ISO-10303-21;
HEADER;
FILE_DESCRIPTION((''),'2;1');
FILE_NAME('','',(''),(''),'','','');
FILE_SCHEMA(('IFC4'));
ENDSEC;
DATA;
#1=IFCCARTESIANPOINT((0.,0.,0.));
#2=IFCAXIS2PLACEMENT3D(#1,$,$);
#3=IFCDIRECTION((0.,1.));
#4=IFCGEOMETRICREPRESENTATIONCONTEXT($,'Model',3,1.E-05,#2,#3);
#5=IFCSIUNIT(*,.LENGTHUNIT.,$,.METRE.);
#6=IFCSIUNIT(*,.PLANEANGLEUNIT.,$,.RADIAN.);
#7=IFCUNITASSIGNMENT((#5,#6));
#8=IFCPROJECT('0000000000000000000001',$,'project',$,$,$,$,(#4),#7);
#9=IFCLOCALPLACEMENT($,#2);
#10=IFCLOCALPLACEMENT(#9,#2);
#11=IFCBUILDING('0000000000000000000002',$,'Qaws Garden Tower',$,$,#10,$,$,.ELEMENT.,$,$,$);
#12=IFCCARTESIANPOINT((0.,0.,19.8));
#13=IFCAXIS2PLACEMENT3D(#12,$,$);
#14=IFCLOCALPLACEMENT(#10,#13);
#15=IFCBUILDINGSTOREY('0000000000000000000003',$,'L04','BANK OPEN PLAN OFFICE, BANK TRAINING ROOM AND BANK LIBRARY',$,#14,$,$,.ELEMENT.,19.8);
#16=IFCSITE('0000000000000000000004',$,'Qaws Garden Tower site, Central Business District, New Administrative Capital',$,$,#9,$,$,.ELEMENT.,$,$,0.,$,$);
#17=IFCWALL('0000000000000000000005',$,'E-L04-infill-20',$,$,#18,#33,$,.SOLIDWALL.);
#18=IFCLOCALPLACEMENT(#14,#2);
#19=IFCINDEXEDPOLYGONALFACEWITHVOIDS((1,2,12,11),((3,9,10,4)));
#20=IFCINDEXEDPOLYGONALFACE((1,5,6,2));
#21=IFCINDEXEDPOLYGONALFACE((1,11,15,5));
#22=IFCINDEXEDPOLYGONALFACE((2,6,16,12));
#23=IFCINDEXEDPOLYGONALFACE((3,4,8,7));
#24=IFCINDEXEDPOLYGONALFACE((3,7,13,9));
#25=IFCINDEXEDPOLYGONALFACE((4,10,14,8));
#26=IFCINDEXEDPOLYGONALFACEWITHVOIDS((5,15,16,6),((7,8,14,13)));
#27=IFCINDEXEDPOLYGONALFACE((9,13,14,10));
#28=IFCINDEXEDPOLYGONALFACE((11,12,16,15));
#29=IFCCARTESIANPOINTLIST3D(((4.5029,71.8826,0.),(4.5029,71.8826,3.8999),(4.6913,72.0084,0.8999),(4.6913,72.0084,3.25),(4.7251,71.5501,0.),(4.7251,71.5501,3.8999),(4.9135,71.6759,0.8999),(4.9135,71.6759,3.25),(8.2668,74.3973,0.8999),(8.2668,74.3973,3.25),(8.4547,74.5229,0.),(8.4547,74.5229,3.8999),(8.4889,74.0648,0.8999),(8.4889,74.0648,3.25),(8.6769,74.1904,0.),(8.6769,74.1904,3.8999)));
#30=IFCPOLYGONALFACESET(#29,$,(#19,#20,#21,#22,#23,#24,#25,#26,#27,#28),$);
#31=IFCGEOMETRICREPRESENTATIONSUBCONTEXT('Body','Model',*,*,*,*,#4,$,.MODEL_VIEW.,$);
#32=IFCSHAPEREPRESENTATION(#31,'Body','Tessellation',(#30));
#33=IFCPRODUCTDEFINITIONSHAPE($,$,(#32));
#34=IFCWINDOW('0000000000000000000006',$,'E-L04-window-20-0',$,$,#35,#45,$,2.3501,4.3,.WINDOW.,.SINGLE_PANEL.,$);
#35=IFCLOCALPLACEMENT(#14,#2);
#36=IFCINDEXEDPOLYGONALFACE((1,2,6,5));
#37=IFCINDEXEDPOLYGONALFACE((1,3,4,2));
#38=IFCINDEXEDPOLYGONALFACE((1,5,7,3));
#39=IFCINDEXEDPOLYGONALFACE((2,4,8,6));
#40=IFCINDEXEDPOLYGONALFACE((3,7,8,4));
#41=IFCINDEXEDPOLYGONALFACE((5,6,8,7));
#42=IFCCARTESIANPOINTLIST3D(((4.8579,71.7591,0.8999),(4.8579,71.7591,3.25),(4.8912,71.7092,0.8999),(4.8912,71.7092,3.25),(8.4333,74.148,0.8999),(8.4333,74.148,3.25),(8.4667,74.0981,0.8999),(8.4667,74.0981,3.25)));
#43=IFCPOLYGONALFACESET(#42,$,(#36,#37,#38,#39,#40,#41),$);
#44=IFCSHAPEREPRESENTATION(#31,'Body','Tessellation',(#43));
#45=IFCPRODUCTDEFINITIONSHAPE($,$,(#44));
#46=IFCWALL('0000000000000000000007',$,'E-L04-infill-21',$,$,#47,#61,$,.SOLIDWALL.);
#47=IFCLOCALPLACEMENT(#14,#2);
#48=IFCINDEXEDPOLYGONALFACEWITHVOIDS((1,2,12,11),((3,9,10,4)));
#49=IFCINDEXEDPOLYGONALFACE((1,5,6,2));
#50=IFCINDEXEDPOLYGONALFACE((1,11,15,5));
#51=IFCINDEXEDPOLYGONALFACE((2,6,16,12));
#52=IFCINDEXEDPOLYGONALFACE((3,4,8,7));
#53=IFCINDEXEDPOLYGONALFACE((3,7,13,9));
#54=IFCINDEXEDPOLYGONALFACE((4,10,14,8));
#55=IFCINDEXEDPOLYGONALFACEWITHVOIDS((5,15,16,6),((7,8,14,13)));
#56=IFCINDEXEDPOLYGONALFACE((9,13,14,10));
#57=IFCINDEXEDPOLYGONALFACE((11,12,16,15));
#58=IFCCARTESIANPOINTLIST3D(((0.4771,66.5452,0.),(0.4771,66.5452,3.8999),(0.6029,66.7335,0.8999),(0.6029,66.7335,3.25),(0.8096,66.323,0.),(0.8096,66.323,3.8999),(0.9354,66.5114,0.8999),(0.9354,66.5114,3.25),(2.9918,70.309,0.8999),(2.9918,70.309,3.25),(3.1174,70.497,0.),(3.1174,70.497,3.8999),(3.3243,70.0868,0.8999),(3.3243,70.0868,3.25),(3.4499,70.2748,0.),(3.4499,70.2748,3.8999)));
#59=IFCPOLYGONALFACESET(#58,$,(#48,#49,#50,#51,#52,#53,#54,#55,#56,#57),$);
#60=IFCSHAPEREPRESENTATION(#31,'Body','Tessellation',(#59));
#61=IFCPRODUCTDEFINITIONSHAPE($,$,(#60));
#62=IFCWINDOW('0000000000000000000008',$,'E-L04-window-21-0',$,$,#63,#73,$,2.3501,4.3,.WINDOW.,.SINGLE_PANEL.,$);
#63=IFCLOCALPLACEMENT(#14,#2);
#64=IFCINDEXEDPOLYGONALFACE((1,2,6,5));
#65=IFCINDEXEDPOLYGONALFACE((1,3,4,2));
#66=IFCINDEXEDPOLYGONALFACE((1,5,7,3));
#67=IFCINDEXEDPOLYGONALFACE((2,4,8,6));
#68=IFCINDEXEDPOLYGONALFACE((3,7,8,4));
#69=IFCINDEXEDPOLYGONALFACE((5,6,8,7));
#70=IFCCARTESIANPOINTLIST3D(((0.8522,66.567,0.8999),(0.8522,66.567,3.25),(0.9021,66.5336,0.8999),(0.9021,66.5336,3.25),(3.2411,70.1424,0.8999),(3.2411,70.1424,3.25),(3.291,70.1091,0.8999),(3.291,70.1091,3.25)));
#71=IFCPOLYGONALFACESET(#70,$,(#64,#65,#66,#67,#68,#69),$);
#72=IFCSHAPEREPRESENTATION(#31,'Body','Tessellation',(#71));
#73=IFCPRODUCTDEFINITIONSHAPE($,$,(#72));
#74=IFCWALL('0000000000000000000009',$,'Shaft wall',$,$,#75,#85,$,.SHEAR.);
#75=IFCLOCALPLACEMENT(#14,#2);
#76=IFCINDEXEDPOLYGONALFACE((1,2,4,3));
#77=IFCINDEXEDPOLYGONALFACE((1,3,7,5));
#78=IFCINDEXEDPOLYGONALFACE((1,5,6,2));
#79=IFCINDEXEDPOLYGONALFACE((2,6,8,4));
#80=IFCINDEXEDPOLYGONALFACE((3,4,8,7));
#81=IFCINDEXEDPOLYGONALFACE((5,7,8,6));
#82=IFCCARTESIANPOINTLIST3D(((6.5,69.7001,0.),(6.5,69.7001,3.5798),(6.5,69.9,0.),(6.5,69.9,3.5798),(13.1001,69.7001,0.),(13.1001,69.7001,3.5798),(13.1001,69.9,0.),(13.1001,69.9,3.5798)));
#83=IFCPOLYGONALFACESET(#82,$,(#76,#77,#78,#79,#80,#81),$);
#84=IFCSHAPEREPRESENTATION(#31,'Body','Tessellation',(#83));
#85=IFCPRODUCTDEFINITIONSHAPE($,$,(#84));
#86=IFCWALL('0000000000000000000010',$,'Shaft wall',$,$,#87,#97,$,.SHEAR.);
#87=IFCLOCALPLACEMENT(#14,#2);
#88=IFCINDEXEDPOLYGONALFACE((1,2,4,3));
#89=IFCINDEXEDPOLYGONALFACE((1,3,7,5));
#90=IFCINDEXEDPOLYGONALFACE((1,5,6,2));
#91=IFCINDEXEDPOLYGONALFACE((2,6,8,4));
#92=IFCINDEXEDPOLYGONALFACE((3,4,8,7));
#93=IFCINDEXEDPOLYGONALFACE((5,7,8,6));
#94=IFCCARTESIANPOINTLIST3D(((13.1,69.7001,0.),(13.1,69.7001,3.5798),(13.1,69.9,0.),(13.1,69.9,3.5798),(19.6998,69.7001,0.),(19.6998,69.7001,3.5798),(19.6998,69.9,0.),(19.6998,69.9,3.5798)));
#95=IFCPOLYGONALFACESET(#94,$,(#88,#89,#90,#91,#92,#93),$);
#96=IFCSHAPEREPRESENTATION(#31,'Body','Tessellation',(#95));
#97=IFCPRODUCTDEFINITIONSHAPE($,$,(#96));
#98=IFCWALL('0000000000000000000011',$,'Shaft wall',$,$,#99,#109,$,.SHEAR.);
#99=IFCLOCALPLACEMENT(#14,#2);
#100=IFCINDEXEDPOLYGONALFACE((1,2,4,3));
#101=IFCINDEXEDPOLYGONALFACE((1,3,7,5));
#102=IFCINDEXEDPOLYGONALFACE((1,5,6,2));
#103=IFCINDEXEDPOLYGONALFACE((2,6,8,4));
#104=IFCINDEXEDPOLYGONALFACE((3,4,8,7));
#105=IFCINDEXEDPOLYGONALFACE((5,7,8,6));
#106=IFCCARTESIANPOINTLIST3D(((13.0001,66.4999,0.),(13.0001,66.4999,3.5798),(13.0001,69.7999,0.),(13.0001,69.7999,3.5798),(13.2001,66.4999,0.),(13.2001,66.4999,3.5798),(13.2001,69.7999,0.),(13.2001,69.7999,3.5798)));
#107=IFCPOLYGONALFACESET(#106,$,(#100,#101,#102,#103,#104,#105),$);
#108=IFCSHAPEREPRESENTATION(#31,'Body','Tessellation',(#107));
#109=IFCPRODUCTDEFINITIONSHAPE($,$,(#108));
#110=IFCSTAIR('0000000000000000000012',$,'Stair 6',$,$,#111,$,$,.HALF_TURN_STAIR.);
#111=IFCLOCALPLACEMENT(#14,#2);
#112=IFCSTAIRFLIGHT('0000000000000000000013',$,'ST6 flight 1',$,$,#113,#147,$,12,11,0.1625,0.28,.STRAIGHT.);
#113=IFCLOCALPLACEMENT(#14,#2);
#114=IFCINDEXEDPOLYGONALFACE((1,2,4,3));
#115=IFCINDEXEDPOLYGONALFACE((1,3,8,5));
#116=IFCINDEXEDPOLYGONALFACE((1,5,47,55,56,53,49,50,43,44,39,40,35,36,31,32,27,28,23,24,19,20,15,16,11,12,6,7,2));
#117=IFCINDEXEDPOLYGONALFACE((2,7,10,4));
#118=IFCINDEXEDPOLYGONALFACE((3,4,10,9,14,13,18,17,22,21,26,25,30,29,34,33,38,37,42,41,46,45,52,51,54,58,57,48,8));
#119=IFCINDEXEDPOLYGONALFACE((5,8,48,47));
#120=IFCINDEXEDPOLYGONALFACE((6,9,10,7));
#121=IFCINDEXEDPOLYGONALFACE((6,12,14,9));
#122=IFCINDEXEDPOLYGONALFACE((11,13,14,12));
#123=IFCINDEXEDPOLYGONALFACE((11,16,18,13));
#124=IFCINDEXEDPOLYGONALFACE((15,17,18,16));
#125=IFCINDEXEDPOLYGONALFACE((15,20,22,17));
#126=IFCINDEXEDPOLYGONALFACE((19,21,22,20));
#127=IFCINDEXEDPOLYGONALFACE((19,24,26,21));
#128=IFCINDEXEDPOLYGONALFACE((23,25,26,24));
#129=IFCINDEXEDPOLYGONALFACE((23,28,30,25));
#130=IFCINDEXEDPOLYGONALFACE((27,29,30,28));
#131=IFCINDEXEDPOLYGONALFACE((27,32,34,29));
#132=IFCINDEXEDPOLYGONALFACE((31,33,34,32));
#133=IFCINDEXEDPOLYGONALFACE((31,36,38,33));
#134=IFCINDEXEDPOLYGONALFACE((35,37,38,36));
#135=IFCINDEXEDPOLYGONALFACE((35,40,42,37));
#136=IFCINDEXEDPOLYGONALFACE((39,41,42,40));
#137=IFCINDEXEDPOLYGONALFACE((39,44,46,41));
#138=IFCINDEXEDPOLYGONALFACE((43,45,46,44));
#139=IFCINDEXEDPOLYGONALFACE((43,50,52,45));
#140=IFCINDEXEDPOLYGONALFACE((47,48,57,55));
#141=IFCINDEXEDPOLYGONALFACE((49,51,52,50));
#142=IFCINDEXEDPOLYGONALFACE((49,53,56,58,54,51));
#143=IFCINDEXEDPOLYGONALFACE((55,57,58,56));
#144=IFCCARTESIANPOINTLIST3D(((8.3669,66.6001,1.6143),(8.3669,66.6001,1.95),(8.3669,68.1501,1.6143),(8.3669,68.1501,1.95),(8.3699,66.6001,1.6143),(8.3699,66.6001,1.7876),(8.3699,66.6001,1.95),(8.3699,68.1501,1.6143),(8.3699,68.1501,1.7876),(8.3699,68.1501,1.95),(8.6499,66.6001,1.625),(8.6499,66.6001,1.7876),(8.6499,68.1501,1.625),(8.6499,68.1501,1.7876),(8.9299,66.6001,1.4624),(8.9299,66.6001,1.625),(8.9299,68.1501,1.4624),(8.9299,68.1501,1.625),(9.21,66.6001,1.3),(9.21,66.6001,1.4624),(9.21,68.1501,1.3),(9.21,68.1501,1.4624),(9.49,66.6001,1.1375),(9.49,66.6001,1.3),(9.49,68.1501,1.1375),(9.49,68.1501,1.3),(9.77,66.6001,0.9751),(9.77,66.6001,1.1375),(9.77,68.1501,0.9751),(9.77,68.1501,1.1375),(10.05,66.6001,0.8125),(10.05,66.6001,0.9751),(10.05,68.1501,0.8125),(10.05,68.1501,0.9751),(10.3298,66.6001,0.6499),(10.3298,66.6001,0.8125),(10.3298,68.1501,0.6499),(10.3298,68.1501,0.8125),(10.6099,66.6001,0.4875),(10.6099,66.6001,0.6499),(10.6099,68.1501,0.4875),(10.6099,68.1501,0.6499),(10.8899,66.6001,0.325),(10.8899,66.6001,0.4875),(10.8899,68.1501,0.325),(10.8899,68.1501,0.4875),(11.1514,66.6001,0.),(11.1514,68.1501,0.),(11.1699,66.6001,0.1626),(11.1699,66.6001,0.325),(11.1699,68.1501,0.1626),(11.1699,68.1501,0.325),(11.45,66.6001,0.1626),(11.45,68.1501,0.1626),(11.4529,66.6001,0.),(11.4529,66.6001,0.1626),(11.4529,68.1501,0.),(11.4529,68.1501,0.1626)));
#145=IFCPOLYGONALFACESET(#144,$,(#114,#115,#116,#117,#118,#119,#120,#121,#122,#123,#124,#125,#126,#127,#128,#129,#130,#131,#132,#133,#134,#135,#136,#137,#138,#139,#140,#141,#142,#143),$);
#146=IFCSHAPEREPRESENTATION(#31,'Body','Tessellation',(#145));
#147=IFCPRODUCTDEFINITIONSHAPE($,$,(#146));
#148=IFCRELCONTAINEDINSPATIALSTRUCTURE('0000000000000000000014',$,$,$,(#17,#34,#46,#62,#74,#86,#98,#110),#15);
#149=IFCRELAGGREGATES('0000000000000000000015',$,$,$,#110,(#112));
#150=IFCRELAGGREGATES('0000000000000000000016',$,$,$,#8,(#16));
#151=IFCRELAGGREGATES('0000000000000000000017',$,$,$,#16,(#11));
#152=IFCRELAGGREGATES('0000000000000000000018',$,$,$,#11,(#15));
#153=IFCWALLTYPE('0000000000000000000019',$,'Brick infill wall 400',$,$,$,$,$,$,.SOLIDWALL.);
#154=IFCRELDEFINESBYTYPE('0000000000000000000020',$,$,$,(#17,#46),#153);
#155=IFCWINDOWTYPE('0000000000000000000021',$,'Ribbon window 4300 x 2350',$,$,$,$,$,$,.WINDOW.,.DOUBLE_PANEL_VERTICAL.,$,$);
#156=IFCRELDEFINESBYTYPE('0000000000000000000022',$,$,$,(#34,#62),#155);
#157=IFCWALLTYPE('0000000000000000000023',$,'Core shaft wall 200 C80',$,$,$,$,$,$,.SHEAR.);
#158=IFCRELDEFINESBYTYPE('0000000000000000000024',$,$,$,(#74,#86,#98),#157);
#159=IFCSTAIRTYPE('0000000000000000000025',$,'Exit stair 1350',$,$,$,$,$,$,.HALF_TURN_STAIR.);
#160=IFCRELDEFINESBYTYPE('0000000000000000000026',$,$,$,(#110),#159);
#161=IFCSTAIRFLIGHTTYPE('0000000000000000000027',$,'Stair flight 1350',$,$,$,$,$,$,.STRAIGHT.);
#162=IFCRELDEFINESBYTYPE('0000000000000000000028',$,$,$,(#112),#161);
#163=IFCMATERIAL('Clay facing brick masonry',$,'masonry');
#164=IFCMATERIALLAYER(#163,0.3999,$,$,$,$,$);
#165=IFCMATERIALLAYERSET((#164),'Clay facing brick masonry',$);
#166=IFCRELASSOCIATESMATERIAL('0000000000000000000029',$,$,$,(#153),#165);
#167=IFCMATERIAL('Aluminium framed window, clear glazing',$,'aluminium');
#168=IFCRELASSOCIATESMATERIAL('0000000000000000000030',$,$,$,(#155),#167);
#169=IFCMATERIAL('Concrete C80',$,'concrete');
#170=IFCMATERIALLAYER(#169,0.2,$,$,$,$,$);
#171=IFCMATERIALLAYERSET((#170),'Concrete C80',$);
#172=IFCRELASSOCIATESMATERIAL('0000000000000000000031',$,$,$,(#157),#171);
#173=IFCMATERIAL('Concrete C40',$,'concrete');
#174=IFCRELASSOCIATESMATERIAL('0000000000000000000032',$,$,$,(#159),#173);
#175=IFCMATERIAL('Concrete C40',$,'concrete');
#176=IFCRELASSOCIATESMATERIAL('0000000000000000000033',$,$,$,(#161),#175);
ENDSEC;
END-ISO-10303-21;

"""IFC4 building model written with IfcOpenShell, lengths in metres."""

from ifc_helpers import new_model, si_unit, direction, frame, frame_2d, origin, place, context, subcontext, project, spatial, polyline, rectangle, outline, extrude, material, layer, layer_set, type_object, element, fill, aggregate, save


model = new_model("IFC4")

# Units and contexts
model_context = context("Model", 3, precision=1e-05, world=origin(), true_north=direction((0.0, 1.0)))
body_context = subcontext(model_context, "Body", "Model", "MODEL_VIEW")
ifc_project = project(units=[si_unit("LENGTHUNIT", "METRE"), si_unit("PLANEANGLEUNIT", "RADIAN")], contexts=[model_context])

# Site, building, storey
site_placement = place(None, origin())
site = spatial("IfcSite", under=ifc_project, at=site_placement, Name="Qaws Garden Tower site, Central Business District, New Administrative Capital", CompositionType="ELEMENT", RefElevation=0.0)
building_placement = place(site_placement, origin())
building = spatial("IfcBuilding", under=site, at=building_placement, Name="Qaws Garden Tower", CompositionType="ELEMENT")
storey_placement = place(building_placement, frame((0.0, 0.0, 19.8)))
storey = spatial("IfcBuildingStorey", under=building, at=storey_placement, Name="L04", Description="BANK OPEN PLAN OFFICE, BANK TRAINING ROOM AND BANK LIBRARY", CompositionType="ELEMENT", Elevation=19.8)

# Walls, openings, windows
ifc_material_1 = material(Name="Clay facing brick masonry", Category="masonry")
ifc_layer_1 = layer(ifc_material_1, 0.3999)
ifc_layer_set_1 = layer_set([ifc_layer_1], Name="Clay facing brick masonry")
wall_type_1 = type_object("IfcWallType", Name="Brick infill wall 400", PredefinedType="SOLIDWALL", material=ifc_layer_set_1)
ifc_material_2 = material(Name="Aluminium framed window, clear glazing", Category="aluminium")
window_type = type_object("IfcWindowType", Name="Ribbon window 4300 x 2350", PartitioningType="DOUBLE_PANEL_VERTICAL", PredefinedType="WINDOW", material=ifc_material_2)
wall_1_placement = place(storey_placement, frame((8.5659, 74.3567, 0.0), z_axis=(0.0, 0.0, 1.0), x_axis=(-0.831489, -0.555542, 0.0)))
wall_1 = element("IfcWall", 1, at=wall_1_placement, inside=storey, type_object=wall_type_1, Name="E-L04-infill-20", PredefinedType="SOLIDWALL", context=body_context, shape_type="SweptSolid", body=[
    extrude(rectangle(XDim=4.7527, YDim=0.3999, at=frame_2d((2.3765, 0.0))), origin(), (0.0, 0.0, 1.0), 3.8999),
])
opening_1_placement = place(wall_1_placement, frame((0.2263, 0.0, 0.8999)))
opening_1 = element("IfcOpeningElement", 2, at=opening_1_placement, cuts=wall_1, PredefinedType="OPENING", context=body_context, shape_type="SweptSolid", body=[
    extrude(rectangle(XDim=4.3, YDim=2.3501, at=frame_2d((2.1499, 1.175))), frame((0.0, 0.21, 0.0), z_axis=(0.0, -1.0, 0.0), x_axis=(1.0, 0.0, 0.0)), (0.0, 0.0, 1.0), 0.4199),
])
window_1_placement = place(opening_1_placement, origin())
window_1 = element("IfcWindow", 3, at=window_1_placement, inside=storey, type_object=window_type, Name="E-L04-window-20-0", OverallHeight=2.3501, OverallWidth=4.3, PartitioningType="SINGLE_PANEL", PredefinedType="WINDOW", context=body_context, shape_type="SweptSolid", body=[
    extrude(rectangle(XDim=4.3, YDim=2.3501, at=frame_2d((2.1499, 1.175))), frame((0.0, 0.1599, 0.0), z_axis=(0.0, -1.0, 0.0), x_axis=(1.0, 0.0, 0.0)), (0.0, 0.0, 1.0), 0.0601),
])
fill(opening_1, window_1)
wall_2_placement = place(storey_placement, frame((3.2837, 70.386, 0.0), z_axis=(0.0, 0.0, 1.0), x_axis=(-0.555542, -0.831489, 0.0)))
wall_2 = element("IfcWall", 4, at=wall_2_placement, inside=storey, type_object=wall_type_1, Name="E-L04-infill-21", PredefinedType="SOLIDWALL", context=body_context, shape_type="SweptSolid", body=[
    extrude(rectangle(XDim=4.7527, YDim=0.3999, at=frame_2d((2.3765, 0.0))), origin(), (0.0, 0.0, 1.0), 3.8999),
])
opening_2_placement = place(wall_2_placement, frame((0.2263, 0.0, 0.8999)))
opening_2 = element("IfcOpeningElement", 5, at=opening_2_placement, cuts=wall_2, PredefinedType="OPENING", context=body_context, shape_type="SweptSolid", body=[
    extrude(rectangle(XDim=4.3, YDim=2.3501, at=frame_2d((2.1499, 1.175))), frame((0.0, 0.21, 0.0), z_axis=(0.0, -1.0, 0.0), x_axis=(1.0, 0.0, 0.0)), (0.0, 0.0, 1.0), 0.4199),
])
window_2_placement = place(opening_2_placement, origin())
window_2 = element("IfcWindow", 6, at=window_2_placement, inside=storey, type_object=window_type, Name="E-L04-window-21-0", OverallHeight=2.3501, OverallWidth=4.3, PartitioningType="SINGLE_PANEL", PredefinedType="WINDOW", context=body_context, shape_type="SweptSolid", body=[
    extrude(rectangle(XDim=4.3, YDim=2.3501, at=frame_2d((2.1499, 1.175))), frame((0.0, 0.1599, 0.0), z_axis=(0.0, -1.0, 0.0), x_axis=(1.0, 0.0, 0.0)), (0.0, 0.0, 1.0), 0.0601),
])
fill(opening_2, window_2)

# Walls
ifc_material_3 = material(Name="Concrete C80", Category="concrete")
ifc_layer_2 = layer(ifc_material_3, 0.2)
ifc_layer_set_2 = layer_set([ifc_layer_2], Name="Concrete C80")
wall_type_2 = type_object("IfcWallType", Name="Core shaft wall 200 C80", PredefinedType="SHEAR", material=ifc_layer_set_2)
wall_3_placement = place(storey_placement, frame((6.5, 69.8, 0.0), z_axis=(0.0, 0.0, 1.0), x_axis=(1.0, 0.0, 0.0)))
element("IfcWall", 7, at=wall_3_placement, inside=storey, type_object=wall_type_2, Name="Shaft wall", PredefinedType="SHEAR", context=body_context, shape_type="SweptSolid", body=[
    extrude(rectangle(XDim=6.6001, YDim=0.2, at=frame_2d((3.3, 0.0))), origin(), (0.0, 0.0, 1.0), 3.5798),
])
wall_4_placement = place(storey_placement, frame((13.1001, 69.8, 0.0), z_axis=(0.0, 0.0, 1.0), x_axis=(1.0, 0.0, 0.0)))
element("IfcWall", 8, at=wall_4_placement, inside=storey, type_object=wall_type_2, Name="Shaft wall", PredefinedType="SHEAR", context=body_context, shape_type="SweptSolid", body=[
    extrude(rectangle(XDim=6.5999, YDim=0.2, at=frame_2d((3.2998, 0.0))), origin(), (0.0, 0.0, 1.0), 3.5798),
])
wall_5_placement = place(storey_placement, frame((13.1001, 66.5, 0.0), z_axis=(0.0, 0.0, 1.0), x_axis=(0.0, 1.0, 0.0)))
element("IfcWall", 9, at=wall_5_placement, inside=storey, type_object=wall_type_2, Name="Shaft wall", PredefinedType="SHEAR", context=body_context, shape_type="SweptSolid", body=[
    extrude(rectangle(XDim=3.3, YDim=0.2, at=frame_2d((1.6499, 0.0))), origin(), (0.0, 0.0, 1.0), 3.5798),
])

# Stair, stair flight
ifc_material_4 = material(Name="Concrete C40", Category="concrete")
stair_type = type_object("IfcStairType", Name="Exit stair 1350", PredefinedType="HALF_TURN_STAIR", material=ifc_material_4)
placement = place(storey_placement, origin())
stair_1 = element("IfcStair", 10, at=placement, inside=storey, type_object=stair_type, Name="Stair 6", PredefinedType="HALF_TURN_STAIR")
ifc_material_5 = material(Name="Concrete C40", Category="concrete")
stair_flight_type = type_object("IfcStairFlightType", Name="Stair flight 1350", PredefinedType="STRAIGHT", material=ifc_material_5)
stair_flight_1_placement = place(storey_placement, frame((11.45, 67.375, 0.0), z_axis=(0.0, 0.0, 1.0), x_axis=(-1.0, 0.0, 0.0)))
stair_flight_1 = element("IfcStairFlight", 11, at=stair_flight_1_placement, type_object=stair_flight_type, Name="ST6 flight 1", NumberOfRisers=12, NumberOfTreads=11, PredefinedType="STRAIGHT", RiserHeight=0.1625, TreadLength=0.28, context=body_context, shape_type="SweptSolid", body=[
    extrude(outline(polyline([(-0.0029, 0.0), (-0.0029, 0.1626), (0.0, 0.1626), (0.28, 0.1626), (0.28, 0.325), (0.5601, 0.325), (0.5601, 0.4875), (0.8401, 0.4875), (0.8401, 0.6499), (1.1201, 0.6499), (1.1201, 0.8125), (1.3999, 0.8125), (1.3999, 0.9751), (1.6799, 0.9751), (1.6799, 1.1375), (1.96, 1.1375), (1.96, 1.3), (2.24, 1.3), (2.24, 1.4624), (2.52, 1.4624), (2.52, 1.625), (2.8, 1.625), (2.8, 1.7876), (3.0801, 1.7876), (3.0801, 1.95), (3.083, 1.95), (3.083, 1.6143), (3.0801, 1.6143), (0.2986, 0.0), (-0.0029, 0.0)])), frame((0.0, 0.7749, 0.0), z_axis=(0.0, -1.0, 0.0), x_axis=(1.0, 0.0, 0.0)), (0.0, 0.0, 1.0), 1.55),
])
aggregate(stair_1, [stair_flight_1])

save(model, "model.ifc")
